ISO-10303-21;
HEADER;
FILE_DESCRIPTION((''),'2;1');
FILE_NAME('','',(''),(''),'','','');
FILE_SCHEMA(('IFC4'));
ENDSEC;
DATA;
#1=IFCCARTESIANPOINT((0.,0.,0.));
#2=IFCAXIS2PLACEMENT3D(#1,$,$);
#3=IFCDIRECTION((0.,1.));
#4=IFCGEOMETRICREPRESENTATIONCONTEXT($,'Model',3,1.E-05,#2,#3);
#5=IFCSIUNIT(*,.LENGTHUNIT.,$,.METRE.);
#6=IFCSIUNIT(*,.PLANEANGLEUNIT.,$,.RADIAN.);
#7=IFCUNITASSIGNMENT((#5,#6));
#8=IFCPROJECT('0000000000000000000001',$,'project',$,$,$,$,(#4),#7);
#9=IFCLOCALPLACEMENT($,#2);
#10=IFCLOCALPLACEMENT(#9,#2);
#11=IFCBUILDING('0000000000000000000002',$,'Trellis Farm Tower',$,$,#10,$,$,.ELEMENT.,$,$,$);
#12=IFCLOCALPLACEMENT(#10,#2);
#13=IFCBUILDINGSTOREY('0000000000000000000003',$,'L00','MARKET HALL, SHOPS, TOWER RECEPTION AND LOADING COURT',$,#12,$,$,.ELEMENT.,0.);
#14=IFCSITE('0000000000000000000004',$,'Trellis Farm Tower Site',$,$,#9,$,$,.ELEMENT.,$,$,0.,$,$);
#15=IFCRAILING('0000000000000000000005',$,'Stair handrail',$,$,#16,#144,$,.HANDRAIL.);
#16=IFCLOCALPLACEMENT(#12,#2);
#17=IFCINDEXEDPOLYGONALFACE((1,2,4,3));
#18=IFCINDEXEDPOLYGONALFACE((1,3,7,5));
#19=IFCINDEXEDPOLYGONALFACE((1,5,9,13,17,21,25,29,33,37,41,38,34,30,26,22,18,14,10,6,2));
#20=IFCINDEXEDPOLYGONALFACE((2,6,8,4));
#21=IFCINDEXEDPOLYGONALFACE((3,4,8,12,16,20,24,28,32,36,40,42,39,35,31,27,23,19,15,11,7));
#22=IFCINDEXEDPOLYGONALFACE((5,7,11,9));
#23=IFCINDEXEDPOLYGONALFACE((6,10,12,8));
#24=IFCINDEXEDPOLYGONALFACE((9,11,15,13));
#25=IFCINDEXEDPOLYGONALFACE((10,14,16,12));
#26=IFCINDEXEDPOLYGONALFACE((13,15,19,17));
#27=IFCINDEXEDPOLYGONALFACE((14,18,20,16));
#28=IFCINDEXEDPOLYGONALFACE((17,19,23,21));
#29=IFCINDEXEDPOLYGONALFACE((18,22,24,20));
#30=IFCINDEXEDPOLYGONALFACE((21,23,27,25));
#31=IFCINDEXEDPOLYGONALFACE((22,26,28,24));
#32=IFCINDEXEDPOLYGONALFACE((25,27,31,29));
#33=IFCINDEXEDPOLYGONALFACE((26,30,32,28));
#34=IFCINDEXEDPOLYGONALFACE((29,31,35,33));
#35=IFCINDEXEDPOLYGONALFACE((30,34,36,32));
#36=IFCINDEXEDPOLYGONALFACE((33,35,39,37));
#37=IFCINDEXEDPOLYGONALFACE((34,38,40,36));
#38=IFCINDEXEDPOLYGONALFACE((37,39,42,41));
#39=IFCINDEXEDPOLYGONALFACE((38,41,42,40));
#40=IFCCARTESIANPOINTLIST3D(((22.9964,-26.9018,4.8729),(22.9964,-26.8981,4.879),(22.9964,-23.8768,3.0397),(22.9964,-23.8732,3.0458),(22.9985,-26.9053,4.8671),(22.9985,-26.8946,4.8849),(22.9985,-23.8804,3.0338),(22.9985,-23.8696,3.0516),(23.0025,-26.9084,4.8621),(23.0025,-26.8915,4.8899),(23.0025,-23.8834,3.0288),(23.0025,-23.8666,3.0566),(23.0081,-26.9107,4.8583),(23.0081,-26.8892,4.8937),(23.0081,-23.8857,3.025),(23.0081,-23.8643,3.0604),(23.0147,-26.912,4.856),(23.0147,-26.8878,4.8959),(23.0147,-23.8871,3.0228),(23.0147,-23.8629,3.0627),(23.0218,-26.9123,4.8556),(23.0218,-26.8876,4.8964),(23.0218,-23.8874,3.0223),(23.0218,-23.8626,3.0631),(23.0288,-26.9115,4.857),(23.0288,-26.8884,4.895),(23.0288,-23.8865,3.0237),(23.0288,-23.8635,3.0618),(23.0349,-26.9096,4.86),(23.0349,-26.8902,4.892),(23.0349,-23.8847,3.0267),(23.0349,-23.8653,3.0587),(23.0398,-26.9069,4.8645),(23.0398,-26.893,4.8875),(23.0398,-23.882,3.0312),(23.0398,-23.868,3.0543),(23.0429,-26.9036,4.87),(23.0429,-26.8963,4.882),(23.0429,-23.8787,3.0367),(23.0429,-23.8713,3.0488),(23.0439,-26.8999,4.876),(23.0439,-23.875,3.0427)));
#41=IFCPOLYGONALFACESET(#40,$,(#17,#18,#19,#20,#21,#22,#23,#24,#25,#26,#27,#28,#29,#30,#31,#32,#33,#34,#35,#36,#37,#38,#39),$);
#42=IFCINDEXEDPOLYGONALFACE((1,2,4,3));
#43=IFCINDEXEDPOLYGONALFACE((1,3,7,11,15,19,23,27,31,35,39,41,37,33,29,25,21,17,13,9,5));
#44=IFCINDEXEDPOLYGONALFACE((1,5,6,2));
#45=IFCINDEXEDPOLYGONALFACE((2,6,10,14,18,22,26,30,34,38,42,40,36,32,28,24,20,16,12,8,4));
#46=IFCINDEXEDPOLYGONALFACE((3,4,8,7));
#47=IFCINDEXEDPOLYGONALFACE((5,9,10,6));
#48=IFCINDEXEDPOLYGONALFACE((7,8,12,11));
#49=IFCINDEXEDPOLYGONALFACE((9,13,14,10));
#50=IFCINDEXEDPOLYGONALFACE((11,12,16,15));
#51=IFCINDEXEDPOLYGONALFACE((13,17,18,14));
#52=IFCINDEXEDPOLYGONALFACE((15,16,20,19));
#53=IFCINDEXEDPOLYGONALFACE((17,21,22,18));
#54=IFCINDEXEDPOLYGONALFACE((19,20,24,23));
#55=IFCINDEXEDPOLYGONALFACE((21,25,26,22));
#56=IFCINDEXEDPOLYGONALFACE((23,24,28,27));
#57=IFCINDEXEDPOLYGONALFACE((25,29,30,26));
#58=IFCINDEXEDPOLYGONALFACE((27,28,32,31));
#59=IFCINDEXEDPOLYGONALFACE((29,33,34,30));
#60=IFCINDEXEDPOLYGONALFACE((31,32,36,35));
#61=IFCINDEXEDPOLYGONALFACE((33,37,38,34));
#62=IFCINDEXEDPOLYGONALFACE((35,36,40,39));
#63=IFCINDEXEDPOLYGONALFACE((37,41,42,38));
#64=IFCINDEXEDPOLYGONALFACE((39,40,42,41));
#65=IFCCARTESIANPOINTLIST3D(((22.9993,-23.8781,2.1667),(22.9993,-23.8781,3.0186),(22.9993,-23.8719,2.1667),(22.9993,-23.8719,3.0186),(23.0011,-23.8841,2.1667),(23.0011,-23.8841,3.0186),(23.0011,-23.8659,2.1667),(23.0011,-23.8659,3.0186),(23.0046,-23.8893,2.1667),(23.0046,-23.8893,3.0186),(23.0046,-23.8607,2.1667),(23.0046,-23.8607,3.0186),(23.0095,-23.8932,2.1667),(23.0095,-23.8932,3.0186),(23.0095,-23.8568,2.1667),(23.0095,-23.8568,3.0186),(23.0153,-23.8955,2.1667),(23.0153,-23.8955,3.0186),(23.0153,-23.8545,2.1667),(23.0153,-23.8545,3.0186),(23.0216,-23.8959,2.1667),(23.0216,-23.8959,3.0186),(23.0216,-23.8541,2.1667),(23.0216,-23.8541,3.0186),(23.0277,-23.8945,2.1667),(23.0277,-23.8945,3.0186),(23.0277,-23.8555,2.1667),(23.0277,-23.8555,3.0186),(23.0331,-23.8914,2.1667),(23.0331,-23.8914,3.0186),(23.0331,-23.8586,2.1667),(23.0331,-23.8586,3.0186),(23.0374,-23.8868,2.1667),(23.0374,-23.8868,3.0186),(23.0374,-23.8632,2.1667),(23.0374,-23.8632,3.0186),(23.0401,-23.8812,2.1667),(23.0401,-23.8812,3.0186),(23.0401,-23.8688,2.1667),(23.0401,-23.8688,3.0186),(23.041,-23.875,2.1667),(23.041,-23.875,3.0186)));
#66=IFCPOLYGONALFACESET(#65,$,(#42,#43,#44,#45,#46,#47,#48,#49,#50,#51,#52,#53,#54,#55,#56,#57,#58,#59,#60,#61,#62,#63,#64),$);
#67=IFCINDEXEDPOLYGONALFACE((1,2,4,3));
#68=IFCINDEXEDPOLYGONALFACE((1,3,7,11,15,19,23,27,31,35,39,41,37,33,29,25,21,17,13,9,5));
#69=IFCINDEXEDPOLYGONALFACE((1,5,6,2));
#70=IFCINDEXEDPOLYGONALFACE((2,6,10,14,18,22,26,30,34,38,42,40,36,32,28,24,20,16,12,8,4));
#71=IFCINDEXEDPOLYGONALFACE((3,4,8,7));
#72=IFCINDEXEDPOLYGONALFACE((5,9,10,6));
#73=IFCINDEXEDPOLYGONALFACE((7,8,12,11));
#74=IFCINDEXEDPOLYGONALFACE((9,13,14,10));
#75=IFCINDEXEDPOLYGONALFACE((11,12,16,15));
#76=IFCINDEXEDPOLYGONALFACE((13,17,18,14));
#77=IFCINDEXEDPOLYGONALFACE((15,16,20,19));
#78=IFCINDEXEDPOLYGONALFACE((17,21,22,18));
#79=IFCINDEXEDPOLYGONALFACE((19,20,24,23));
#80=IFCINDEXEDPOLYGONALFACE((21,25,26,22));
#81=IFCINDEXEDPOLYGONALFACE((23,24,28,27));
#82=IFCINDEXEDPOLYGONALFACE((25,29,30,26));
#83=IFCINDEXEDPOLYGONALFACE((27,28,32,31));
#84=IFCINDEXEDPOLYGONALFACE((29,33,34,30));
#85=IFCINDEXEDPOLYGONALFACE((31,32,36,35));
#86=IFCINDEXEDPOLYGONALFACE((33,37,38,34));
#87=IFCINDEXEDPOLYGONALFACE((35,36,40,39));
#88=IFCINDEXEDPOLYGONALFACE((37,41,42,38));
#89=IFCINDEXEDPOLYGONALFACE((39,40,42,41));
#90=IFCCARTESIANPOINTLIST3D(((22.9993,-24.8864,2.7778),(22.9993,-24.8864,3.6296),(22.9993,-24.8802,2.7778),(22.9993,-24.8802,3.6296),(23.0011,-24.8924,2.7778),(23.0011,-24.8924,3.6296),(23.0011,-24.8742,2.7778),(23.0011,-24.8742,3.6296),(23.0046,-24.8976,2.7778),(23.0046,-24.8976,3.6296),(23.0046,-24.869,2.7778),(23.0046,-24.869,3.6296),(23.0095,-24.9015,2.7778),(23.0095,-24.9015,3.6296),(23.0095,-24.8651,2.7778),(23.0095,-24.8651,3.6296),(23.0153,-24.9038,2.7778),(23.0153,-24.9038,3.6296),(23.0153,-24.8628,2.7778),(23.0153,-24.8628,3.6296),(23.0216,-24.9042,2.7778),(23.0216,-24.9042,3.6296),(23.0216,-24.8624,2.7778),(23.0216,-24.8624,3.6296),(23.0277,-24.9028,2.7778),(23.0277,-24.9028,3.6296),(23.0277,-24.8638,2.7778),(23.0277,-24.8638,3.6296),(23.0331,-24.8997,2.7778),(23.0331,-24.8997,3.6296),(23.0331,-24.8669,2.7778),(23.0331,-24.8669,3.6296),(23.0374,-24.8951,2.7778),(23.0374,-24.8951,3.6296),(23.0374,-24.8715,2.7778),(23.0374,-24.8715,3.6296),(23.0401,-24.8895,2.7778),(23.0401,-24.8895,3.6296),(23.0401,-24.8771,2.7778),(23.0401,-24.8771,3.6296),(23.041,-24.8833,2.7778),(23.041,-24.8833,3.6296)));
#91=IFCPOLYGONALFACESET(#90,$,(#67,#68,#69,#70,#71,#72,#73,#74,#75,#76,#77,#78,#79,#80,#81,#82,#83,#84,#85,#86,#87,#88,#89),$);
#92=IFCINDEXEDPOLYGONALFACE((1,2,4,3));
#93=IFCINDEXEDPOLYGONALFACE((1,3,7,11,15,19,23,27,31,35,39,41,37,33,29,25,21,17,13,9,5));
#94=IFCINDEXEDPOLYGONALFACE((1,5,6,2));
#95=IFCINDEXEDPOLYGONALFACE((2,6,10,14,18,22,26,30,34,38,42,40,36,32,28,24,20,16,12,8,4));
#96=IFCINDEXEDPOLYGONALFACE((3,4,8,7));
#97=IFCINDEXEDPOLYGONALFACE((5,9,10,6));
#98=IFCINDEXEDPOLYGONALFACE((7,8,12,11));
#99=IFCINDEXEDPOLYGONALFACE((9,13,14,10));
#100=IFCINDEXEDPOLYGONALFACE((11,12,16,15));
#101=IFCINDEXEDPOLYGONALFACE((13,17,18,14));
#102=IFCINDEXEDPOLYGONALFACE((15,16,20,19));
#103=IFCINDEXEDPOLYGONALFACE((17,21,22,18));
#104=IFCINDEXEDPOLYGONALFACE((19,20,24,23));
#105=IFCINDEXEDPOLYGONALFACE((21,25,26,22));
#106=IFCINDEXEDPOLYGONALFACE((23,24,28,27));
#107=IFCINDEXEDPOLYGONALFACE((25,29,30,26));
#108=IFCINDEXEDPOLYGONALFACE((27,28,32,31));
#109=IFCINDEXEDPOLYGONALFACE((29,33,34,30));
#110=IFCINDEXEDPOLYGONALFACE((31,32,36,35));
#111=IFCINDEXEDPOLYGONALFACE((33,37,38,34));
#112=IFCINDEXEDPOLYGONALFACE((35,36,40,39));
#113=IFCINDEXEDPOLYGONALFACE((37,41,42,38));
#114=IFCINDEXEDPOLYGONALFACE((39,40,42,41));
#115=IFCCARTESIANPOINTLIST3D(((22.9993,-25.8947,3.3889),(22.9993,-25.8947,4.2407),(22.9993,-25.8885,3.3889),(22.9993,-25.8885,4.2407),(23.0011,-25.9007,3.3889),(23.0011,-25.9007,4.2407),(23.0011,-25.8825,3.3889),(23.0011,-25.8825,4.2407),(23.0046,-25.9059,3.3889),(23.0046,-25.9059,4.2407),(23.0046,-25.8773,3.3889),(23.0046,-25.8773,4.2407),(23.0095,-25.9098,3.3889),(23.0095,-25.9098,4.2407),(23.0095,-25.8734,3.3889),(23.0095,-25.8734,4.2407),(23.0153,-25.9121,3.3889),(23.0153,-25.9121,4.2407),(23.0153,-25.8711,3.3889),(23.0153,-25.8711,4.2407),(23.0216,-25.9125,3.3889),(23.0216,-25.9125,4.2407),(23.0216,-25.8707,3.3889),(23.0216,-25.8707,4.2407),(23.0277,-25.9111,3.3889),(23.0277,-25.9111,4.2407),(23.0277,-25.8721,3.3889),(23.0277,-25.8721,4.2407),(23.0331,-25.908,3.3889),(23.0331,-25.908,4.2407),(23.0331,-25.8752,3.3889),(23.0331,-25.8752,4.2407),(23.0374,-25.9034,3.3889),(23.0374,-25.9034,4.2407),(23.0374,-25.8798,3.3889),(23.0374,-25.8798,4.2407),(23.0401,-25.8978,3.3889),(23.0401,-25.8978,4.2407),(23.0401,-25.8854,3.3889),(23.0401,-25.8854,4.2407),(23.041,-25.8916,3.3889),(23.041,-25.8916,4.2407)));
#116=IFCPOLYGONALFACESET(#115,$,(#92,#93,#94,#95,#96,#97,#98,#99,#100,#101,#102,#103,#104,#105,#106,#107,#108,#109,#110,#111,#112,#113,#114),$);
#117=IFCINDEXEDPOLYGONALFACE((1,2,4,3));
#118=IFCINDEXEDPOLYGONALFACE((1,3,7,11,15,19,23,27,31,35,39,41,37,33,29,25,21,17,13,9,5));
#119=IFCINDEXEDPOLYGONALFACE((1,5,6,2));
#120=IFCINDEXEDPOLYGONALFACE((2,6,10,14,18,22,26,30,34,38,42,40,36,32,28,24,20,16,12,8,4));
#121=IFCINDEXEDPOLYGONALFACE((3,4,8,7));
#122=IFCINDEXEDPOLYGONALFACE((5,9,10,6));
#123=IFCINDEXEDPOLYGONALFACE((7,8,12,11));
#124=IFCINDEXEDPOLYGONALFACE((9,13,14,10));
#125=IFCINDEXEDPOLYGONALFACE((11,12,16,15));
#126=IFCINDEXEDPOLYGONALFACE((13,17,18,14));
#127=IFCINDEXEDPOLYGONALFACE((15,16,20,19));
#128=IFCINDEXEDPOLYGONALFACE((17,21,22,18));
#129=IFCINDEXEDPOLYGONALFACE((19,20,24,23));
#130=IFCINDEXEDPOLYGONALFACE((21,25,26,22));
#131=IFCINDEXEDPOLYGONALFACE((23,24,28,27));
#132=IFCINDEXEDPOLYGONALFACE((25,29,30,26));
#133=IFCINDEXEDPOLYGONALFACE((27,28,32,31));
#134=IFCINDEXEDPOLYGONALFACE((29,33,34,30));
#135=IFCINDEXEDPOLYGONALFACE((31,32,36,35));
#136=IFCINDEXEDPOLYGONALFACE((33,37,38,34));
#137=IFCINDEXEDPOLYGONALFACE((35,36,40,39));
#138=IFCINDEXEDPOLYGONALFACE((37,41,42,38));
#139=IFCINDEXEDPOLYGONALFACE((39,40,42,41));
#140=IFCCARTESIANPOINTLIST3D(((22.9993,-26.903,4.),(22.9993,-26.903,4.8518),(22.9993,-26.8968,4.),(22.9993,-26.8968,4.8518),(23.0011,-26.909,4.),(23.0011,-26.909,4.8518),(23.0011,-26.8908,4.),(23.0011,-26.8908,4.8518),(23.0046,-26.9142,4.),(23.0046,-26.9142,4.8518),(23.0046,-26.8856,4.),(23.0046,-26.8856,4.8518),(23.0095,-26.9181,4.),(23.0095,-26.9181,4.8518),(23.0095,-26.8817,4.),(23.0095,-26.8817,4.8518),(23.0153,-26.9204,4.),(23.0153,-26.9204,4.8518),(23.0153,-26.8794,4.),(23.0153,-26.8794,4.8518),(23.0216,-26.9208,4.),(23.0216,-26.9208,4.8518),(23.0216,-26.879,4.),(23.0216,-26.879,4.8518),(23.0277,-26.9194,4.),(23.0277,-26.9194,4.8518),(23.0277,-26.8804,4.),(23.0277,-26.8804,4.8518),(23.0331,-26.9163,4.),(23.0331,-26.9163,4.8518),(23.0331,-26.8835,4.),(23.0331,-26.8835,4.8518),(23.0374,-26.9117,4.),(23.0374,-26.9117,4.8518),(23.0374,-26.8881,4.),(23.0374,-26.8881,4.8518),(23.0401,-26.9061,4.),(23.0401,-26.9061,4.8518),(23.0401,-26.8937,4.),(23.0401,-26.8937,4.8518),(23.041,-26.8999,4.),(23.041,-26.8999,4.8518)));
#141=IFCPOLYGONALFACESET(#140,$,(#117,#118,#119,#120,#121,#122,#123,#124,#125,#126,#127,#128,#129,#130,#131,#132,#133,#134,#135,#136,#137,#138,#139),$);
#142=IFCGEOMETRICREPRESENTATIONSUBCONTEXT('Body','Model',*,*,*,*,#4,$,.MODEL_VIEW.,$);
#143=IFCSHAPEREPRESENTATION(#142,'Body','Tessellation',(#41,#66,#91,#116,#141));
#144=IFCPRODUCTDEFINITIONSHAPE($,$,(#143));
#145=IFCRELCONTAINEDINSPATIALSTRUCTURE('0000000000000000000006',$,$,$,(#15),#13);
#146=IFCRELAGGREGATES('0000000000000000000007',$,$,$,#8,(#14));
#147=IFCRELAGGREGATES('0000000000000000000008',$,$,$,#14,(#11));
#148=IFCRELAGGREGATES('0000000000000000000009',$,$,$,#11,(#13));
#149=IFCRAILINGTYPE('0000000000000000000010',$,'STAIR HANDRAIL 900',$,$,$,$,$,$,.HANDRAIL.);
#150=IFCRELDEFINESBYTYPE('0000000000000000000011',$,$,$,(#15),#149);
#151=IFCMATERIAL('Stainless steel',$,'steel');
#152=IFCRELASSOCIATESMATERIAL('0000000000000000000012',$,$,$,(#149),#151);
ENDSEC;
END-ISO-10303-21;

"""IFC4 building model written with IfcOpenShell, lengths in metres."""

from ifc_helpers import new_model, si_unit, direction, frame, origin, origin_2d, place, context, subcontext, project, spatial, circle, extrude, source, transform, mapped, material, type_object, element, save


model = new_model("IFC4")

# Units and contexts
model_context = context("Model", 3, precision=1e-05, world=origin(), true_north=direction((0.0, 1.0)))
body_context = subcontext(model_context, "Body", "Model", "MODEL_VIEW")
ifc_project = project(units=[si_unit("LENGTHUNIT", "METRE"), si_unit("PLANEANGLEUNIT", "RADIAN")], contexts=[model_context])

# Site, building, storey
site_placement = place(None, origin())
site = spatial("IfcSite", under=ifc_project, at=site_placement, Name="Trellis Farm Tower Site", CompositionType="ELEMENT", RefElevation=0.0)
building_placement = place(site_placement, origin())
building = spatial("IfcBuilding", under=site, at=building_placement, Name="Trellis Farm Tower", CompositionType="ELEMENT")
storey_placement = place(building_placement, origin())
storey = spatial("IfcBuildingStorey", under=building, at=storey_placement, Name="L00", Description="MARKET HALL, SHOPS, TOWER RECEPTION AND LOADING COURT", CompositionType="ELEMENT", Elevation=0.0)

# Railing
ifc_material_1 = material(Name="Stainless steel", Category="steel")
railing_type = type_object("IfcRailingType", Name="STAIR HANDRAIL 900", PredefinedType="HANDRAIL", material=ifc_material_1)
shared_shape_1 = source(origin(), body_context, "Body", "SweptSolid", [
    extrude(circle(Radius=0.0239, at=origin_2d()), frame((0.0, 0.0, 0.876), z_axis=(0.0, -0.855201, 0.518297), x_axis=(1.0, 0.0, 0.0)), (0.0, 0.0, 1.0), 3.5371),
    extrude(circle(Radius=0.021, at=origin_2d()), origin(), (0.0, 0.0, 1.0), 0.8518),
    extrude(circle(Radius=0.021, at=origin_2d()), frame((0.0, -1.0083, 0.6111)), (0.0, 0.0, 1.0), 0.8518),
    extrude(circle(Radius=0.021, at=origin_2d()), frame((0.0, -2.0166, 1.2222)), (0.0, 0.0, 1.0), 0.8518),
    extrude(circle(Radius=0.021, at=origin_2d()), frame((0.0, -3.0249, 1.8333)), (0.0, 0.0, 1.0), 0.8518),
])
for number, where, name in (
    (1, (23.02, -23.875, 2.1667), "Stair handrail"),
):
    element("IfcRailing", number, at=place(storey_placement, frame(where)), inside=storey, type_object=railing_type, Name=name, PredefinedType="HANDRAIL", context=body_context, shape_type="MappedRepresentation", body=[
        mapped(shared_shape_1, transform((0.0, 0.0, 0.0))),
    ])

save(model, "model.ifc")
